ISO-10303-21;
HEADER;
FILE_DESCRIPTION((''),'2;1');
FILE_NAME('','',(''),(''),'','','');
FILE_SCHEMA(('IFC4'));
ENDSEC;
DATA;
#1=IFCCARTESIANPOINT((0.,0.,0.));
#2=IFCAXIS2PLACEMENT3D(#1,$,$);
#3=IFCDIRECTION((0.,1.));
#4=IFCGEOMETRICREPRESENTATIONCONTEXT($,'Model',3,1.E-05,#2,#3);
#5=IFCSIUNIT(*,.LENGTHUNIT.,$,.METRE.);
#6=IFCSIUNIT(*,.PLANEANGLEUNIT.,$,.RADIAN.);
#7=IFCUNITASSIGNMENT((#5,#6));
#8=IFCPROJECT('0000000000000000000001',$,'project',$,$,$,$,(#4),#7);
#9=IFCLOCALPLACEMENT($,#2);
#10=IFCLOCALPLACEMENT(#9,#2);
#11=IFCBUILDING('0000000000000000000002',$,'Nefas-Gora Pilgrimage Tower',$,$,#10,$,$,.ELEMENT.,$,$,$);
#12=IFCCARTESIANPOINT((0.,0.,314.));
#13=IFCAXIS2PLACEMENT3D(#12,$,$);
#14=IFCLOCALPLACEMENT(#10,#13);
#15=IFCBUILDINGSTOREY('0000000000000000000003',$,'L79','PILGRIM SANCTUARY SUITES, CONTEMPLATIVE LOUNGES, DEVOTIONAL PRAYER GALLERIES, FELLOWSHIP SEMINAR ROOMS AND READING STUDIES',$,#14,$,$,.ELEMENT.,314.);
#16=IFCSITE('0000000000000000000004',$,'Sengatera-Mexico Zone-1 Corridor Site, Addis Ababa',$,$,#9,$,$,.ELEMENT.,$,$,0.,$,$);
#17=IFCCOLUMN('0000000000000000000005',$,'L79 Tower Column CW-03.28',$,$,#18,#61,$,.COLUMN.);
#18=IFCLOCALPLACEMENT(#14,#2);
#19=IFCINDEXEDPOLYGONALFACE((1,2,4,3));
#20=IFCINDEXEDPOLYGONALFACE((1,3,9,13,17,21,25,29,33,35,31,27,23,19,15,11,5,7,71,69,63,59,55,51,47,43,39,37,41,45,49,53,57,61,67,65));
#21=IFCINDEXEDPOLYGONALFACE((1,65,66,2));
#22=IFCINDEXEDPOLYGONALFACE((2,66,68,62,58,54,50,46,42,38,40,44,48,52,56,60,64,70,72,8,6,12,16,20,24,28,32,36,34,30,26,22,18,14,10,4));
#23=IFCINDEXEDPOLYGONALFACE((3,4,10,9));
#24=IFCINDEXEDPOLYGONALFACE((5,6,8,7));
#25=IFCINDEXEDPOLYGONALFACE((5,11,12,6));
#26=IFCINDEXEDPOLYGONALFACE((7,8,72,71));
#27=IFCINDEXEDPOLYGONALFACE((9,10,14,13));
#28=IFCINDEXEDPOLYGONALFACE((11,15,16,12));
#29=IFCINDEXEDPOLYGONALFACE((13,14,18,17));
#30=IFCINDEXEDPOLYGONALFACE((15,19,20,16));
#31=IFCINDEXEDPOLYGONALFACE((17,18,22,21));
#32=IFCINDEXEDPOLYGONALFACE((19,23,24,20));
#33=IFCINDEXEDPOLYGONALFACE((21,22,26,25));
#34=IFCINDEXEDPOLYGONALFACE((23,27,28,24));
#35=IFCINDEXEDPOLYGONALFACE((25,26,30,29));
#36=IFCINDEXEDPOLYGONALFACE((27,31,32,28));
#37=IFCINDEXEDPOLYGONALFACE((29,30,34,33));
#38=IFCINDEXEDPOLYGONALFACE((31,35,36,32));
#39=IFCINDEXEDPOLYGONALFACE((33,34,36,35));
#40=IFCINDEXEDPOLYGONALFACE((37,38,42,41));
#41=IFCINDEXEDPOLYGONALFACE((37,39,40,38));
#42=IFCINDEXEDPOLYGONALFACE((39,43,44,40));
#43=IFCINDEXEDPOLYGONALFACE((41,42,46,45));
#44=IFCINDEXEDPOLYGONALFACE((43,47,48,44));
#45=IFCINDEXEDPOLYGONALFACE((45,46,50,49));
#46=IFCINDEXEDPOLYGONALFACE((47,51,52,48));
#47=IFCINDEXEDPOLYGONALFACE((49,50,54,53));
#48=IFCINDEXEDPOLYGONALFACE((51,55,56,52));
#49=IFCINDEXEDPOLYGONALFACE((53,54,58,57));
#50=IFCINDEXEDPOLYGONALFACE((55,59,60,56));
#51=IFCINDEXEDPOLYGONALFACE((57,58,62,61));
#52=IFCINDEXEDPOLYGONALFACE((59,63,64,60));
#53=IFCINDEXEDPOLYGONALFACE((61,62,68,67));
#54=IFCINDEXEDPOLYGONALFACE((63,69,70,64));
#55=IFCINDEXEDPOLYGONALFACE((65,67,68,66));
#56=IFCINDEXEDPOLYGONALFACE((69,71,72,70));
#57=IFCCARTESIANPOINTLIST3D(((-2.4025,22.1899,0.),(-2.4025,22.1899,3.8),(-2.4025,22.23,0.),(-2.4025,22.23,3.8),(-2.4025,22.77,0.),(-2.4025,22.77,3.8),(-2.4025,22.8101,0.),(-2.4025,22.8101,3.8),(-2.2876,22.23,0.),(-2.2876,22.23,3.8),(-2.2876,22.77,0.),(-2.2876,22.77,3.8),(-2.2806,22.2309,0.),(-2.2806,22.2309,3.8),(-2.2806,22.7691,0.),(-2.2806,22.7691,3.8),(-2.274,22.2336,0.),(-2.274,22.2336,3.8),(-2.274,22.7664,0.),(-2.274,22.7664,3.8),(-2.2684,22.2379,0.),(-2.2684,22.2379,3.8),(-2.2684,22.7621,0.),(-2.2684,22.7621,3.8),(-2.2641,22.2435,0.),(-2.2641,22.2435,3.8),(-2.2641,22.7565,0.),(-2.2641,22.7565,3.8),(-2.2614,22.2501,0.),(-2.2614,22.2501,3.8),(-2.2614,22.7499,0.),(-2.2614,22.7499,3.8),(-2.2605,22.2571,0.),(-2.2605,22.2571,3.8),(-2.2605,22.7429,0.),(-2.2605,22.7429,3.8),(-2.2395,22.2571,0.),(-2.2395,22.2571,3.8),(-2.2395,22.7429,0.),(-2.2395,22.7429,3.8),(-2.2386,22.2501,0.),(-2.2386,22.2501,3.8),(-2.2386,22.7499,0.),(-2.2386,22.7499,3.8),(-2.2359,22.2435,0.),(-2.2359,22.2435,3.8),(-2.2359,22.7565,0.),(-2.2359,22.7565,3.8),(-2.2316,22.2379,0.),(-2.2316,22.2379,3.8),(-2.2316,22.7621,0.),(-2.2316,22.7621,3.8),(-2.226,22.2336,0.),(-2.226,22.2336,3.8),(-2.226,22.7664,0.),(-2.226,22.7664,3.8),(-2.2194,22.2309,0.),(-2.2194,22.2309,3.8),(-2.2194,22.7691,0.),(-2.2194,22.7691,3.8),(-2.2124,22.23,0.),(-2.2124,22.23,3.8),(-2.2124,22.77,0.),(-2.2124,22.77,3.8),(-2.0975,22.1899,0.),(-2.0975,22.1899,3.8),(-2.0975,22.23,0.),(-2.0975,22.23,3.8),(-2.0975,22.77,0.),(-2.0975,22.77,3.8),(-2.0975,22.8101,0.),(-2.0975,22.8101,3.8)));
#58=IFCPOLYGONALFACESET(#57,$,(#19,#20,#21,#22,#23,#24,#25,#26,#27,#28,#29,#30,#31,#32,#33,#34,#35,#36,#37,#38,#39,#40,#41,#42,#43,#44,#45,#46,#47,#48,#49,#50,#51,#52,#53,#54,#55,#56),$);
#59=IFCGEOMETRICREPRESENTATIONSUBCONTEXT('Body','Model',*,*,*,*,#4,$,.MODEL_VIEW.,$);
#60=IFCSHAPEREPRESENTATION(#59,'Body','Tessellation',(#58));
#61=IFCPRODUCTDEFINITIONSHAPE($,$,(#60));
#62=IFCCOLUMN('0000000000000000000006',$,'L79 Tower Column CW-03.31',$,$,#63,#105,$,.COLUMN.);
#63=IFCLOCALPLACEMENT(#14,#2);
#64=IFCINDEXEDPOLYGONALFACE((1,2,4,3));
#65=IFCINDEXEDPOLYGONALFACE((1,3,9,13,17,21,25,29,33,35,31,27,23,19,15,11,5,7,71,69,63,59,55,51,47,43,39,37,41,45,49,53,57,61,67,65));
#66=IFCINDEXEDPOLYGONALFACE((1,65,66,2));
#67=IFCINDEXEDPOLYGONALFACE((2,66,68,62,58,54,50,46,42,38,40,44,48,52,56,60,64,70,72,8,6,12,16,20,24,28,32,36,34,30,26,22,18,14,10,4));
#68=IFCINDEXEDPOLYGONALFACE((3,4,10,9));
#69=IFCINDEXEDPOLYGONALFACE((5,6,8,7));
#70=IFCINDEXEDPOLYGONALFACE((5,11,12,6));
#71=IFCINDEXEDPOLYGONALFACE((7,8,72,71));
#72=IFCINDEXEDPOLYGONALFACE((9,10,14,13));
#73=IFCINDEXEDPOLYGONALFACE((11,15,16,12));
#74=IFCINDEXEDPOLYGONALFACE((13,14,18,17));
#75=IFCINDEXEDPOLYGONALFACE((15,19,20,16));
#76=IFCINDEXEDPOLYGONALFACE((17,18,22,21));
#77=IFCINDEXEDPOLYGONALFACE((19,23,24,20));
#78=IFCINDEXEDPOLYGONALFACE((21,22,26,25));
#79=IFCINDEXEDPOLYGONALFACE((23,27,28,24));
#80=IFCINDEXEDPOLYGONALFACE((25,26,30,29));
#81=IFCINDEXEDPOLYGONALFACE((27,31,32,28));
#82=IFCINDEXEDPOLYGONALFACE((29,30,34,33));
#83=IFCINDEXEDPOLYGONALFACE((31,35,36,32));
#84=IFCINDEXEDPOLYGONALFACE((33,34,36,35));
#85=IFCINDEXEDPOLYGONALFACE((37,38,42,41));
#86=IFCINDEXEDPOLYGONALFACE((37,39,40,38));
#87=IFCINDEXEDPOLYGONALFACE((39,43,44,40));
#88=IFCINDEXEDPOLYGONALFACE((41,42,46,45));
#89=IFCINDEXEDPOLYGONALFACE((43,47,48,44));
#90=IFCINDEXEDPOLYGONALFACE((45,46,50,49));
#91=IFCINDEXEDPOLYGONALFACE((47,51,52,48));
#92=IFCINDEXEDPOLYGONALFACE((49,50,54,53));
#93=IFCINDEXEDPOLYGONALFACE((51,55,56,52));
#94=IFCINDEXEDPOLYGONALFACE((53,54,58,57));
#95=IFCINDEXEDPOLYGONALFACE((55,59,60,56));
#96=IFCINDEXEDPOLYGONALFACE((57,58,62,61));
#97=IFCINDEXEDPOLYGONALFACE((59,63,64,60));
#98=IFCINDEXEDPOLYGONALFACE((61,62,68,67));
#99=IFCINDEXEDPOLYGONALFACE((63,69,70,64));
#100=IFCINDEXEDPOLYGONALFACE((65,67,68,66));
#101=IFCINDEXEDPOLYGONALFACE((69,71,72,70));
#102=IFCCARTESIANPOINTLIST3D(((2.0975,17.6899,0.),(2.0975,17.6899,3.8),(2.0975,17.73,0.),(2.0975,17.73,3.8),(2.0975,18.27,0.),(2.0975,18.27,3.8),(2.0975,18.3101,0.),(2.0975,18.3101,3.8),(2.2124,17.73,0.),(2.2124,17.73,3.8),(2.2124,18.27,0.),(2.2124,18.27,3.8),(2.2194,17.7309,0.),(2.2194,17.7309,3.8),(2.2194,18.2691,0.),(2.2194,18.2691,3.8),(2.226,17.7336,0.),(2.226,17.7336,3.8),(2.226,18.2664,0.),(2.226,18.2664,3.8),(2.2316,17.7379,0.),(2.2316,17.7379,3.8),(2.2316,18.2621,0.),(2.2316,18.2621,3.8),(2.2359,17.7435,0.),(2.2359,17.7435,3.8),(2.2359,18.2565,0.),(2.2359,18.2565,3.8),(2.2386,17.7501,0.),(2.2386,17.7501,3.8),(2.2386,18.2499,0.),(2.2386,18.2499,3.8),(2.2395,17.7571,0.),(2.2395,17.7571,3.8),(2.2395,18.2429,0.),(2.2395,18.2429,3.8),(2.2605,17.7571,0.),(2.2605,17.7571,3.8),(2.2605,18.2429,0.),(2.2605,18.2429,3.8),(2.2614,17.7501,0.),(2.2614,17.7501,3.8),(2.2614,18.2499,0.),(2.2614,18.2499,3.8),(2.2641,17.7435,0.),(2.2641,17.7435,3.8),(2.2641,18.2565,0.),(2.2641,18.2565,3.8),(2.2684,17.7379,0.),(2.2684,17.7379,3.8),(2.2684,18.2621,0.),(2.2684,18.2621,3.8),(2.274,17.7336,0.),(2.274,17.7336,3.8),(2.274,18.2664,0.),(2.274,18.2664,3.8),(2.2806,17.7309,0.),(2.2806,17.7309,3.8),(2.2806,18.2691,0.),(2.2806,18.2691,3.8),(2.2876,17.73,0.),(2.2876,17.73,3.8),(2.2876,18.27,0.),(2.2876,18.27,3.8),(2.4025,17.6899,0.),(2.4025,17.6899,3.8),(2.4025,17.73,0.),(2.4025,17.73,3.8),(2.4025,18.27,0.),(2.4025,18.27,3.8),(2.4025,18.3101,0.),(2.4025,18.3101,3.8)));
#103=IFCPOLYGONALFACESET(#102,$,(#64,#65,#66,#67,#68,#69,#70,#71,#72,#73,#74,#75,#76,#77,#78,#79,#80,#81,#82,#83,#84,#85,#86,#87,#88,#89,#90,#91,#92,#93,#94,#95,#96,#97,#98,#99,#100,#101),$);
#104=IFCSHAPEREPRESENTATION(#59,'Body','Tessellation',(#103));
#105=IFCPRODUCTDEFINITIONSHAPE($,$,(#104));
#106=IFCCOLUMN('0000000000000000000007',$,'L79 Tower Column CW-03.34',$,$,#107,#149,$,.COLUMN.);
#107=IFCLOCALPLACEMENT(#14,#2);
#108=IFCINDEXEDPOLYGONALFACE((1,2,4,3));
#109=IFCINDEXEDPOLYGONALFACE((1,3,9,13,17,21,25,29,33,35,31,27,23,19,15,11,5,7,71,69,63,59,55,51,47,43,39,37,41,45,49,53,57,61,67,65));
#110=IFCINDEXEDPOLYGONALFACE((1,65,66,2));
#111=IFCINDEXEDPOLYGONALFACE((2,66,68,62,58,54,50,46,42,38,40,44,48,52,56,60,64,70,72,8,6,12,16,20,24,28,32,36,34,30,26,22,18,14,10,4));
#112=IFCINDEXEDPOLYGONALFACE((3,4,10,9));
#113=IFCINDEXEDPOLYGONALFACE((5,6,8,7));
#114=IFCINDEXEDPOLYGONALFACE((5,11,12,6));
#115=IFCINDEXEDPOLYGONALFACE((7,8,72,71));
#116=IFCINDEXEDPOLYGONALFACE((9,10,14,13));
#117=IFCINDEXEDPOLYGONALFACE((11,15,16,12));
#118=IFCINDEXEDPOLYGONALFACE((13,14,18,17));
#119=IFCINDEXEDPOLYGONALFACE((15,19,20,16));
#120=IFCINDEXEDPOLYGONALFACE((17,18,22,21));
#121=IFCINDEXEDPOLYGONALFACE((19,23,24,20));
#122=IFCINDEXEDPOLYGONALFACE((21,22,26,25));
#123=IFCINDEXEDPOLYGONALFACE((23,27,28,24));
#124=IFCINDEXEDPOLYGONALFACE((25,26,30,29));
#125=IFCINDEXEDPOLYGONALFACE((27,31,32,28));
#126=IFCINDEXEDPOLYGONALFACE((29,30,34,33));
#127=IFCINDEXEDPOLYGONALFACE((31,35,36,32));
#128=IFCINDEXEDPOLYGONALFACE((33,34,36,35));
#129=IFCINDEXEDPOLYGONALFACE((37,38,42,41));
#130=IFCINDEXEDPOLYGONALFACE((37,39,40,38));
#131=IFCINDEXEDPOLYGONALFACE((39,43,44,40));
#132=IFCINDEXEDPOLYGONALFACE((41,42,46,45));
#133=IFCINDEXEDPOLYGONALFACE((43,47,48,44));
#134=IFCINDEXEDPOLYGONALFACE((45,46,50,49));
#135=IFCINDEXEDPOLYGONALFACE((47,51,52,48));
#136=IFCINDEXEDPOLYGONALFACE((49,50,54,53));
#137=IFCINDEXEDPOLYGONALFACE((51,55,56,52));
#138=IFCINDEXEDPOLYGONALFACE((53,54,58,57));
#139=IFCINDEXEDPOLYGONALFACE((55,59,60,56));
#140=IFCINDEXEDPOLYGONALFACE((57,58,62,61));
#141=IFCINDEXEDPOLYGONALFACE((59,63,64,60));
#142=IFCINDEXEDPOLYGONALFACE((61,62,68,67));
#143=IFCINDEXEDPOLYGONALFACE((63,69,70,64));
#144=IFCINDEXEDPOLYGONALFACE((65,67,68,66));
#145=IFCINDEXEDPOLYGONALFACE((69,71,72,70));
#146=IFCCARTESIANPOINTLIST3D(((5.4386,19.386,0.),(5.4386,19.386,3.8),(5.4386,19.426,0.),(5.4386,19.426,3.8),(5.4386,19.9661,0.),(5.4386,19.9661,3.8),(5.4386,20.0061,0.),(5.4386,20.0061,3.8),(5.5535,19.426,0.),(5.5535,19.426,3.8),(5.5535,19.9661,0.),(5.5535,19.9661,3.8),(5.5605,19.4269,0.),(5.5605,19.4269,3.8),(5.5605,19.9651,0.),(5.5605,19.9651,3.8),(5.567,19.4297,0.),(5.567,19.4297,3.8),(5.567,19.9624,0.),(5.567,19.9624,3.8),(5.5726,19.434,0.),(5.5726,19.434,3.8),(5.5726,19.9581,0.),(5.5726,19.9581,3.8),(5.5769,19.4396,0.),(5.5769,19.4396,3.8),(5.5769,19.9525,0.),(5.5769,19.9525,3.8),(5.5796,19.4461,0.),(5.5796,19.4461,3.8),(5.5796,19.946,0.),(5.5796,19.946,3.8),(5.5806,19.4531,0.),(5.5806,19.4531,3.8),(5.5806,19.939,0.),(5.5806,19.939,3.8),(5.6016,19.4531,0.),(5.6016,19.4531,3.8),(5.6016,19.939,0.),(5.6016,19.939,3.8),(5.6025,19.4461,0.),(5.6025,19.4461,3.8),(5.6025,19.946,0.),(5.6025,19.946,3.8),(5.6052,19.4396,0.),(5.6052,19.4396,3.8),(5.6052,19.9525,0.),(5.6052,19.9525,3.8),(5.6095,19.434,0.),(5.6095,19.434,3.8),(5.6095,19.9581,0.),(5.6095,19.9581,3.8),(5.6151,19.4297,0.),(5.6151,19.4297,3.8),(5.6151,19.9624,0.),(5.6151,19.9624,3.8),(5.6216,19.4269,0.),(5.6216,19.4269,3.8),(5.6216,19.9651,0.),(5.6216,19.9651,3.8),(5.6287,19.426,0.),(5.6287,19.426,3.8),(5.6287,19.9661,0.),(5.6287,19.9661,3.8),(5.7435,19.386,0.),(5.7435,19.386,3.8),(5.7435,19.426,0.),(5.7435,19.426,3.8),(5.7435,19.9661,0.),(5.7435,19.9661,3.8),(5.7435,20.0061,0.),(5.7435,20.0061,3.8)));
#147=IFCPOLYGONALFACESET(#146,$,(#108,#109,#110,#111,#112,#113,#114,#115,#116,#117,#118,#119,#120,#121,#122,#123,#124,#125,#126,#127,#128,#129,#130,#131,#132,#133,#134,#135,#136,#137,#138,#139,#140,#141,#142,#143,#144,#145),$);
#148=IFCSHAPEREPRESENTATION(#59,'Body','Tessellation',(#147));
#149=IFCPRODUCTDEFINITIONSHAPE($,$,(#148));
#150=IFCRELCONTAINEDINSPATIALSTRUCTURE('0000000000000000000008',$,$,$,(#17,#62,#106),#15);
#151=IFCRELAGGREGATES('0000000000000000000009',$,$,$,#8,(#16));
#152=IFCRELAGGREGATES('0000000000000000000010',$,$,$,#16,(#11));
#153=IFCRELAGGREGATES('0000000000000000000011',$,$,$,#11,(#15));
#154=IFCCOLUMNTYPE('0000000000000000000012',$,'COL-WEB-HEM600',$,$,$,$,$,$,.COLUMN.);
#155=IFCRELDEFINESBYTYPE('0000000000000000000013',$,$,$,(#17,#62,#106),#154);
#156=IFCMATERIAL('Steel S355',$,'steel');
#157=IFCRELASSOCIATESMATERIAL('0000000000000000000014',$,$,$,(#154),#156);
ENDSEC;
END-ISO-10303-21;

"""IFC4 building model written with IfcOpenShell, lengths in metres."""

from ifc_helpers import new_model, si_unit, direction, frame, origin, origin_2d, place, context, subcontext, project, spatial, i_section, extrude, source, transform, mapped, material, material_profile, profile_set, type_object, element, save


model = new_model("IFC4")

# Units and contexts
model_context = context("Model", 3, precision=1e-05, world=origin(), true_north=direction((0.0, 1.0)))
body_context = subcontext(model_context, "Body", "Model", "MODEL_VIEW")
ifc_project = project(units=[si_unit("LENGTHUNIT", "METRE"), si_unit("PLANEANGLEUNIT", "RADIAN")], contexts=[model_context])

# Site, building, storey
site_placement = place(None, origin())
site = spatial("IfcSite", under=ifc_project, at=site_placement, Name="Sengatera-Mexico Zone-1 Corridor Site, Addis Ababa", CompositionType="ELEMENT", RefElevation=0.0)
building_placement = place(site_placement, origin())
building = spatial("IfcBuilding", under=site, at=building_placement, Name="Nefas-Gora Pilgrimage Tower", CompositionType="ELEMENT")
storey_placement = place(building_placement, frame((0.0, 0.0, 314.0)))
storey = spatial("IfcBuildingStorey", under=building, at=storey_placement, Name="L79", Description="PILGRIM SANCTUARY SUITES, CONTEMPLATIVE LOUNGES, DEVOTIONAL PRAYER GALLERIES, FELLOWSHIP SEMINAR ROOMS AND READING STUDIES", CompositionType="ELEMENT", Elevation=314.0)

# Columns
ifc_material_1 = material(Name="Steel S355", Category="steel")
ifc_material_profile_1 = material_profile(ifc_material_1, i_section(OverallWidth=0.3049, OverallDepth=0.6201, WebThickness=0.021, FlangeThickness=0.04, FilletRadius=0.0271, at=origin_2d()), Name="HEM 600")
ifc_profile_set_1 = profile_set([ifc_material_profile_1], Name="Steel S355")
column_type_1 = type_object("IfcColumnType", Name="COL-WEB-HEM600", PredefinedType="COLUMN", material=ifc_profile_set_1)
shared_shape_1 = source(origin(), body_context, "Body", "SweptSolid", [
    extrude(i_section(OverallWidth=0.3049, OverallDepth=0.6201, WebThickness=0.021, FlangeThickness=0.04, FilletRadius=0.0271, at=origin_2d()), origin(), (0.0, 0.0, 1.0), 3.8),
])
for number, where, z_axis, x_axis, name in (
    (1, (-2.25, 22.5, 0.0), (0.0, 0.0, 1.0), (1.0, 0.0, 0.0), "L79 Tower Column CW-03.28"),
    (2, (2.25, 18.0, 0.0), (0.0, 0.0, 1.0), (1.0, 0.0, 0.0), "L79 Tower Column CW-03.31"),
    (3, (5.5911, 19.696, 0.0), (0.0, 0.0, 1.0), (1.0, 0.0, 0.0), "L79 Tower Column CW-03.34"),
):
    element("IfcColumn", number, at=place(storey_placement, frame(where, z_axis=z_axis, x_axis=x_axis)), inside=storey, type_object=column_type_1, Name=name, PredefinedType="COLUMN", context=body_context, shape_type="MappedRepresentation", body=[
        mapped(shared_shape_1, transform((0.0, 0.0, 0.0), x_axis=(1.0, 0.0, 0.0), y_axis=(0.0, 1.0, 0.0), z_axis=(0.0, 0.0, 1.0), scale=1.0)),
    ])

save(model, "model.ifc")
